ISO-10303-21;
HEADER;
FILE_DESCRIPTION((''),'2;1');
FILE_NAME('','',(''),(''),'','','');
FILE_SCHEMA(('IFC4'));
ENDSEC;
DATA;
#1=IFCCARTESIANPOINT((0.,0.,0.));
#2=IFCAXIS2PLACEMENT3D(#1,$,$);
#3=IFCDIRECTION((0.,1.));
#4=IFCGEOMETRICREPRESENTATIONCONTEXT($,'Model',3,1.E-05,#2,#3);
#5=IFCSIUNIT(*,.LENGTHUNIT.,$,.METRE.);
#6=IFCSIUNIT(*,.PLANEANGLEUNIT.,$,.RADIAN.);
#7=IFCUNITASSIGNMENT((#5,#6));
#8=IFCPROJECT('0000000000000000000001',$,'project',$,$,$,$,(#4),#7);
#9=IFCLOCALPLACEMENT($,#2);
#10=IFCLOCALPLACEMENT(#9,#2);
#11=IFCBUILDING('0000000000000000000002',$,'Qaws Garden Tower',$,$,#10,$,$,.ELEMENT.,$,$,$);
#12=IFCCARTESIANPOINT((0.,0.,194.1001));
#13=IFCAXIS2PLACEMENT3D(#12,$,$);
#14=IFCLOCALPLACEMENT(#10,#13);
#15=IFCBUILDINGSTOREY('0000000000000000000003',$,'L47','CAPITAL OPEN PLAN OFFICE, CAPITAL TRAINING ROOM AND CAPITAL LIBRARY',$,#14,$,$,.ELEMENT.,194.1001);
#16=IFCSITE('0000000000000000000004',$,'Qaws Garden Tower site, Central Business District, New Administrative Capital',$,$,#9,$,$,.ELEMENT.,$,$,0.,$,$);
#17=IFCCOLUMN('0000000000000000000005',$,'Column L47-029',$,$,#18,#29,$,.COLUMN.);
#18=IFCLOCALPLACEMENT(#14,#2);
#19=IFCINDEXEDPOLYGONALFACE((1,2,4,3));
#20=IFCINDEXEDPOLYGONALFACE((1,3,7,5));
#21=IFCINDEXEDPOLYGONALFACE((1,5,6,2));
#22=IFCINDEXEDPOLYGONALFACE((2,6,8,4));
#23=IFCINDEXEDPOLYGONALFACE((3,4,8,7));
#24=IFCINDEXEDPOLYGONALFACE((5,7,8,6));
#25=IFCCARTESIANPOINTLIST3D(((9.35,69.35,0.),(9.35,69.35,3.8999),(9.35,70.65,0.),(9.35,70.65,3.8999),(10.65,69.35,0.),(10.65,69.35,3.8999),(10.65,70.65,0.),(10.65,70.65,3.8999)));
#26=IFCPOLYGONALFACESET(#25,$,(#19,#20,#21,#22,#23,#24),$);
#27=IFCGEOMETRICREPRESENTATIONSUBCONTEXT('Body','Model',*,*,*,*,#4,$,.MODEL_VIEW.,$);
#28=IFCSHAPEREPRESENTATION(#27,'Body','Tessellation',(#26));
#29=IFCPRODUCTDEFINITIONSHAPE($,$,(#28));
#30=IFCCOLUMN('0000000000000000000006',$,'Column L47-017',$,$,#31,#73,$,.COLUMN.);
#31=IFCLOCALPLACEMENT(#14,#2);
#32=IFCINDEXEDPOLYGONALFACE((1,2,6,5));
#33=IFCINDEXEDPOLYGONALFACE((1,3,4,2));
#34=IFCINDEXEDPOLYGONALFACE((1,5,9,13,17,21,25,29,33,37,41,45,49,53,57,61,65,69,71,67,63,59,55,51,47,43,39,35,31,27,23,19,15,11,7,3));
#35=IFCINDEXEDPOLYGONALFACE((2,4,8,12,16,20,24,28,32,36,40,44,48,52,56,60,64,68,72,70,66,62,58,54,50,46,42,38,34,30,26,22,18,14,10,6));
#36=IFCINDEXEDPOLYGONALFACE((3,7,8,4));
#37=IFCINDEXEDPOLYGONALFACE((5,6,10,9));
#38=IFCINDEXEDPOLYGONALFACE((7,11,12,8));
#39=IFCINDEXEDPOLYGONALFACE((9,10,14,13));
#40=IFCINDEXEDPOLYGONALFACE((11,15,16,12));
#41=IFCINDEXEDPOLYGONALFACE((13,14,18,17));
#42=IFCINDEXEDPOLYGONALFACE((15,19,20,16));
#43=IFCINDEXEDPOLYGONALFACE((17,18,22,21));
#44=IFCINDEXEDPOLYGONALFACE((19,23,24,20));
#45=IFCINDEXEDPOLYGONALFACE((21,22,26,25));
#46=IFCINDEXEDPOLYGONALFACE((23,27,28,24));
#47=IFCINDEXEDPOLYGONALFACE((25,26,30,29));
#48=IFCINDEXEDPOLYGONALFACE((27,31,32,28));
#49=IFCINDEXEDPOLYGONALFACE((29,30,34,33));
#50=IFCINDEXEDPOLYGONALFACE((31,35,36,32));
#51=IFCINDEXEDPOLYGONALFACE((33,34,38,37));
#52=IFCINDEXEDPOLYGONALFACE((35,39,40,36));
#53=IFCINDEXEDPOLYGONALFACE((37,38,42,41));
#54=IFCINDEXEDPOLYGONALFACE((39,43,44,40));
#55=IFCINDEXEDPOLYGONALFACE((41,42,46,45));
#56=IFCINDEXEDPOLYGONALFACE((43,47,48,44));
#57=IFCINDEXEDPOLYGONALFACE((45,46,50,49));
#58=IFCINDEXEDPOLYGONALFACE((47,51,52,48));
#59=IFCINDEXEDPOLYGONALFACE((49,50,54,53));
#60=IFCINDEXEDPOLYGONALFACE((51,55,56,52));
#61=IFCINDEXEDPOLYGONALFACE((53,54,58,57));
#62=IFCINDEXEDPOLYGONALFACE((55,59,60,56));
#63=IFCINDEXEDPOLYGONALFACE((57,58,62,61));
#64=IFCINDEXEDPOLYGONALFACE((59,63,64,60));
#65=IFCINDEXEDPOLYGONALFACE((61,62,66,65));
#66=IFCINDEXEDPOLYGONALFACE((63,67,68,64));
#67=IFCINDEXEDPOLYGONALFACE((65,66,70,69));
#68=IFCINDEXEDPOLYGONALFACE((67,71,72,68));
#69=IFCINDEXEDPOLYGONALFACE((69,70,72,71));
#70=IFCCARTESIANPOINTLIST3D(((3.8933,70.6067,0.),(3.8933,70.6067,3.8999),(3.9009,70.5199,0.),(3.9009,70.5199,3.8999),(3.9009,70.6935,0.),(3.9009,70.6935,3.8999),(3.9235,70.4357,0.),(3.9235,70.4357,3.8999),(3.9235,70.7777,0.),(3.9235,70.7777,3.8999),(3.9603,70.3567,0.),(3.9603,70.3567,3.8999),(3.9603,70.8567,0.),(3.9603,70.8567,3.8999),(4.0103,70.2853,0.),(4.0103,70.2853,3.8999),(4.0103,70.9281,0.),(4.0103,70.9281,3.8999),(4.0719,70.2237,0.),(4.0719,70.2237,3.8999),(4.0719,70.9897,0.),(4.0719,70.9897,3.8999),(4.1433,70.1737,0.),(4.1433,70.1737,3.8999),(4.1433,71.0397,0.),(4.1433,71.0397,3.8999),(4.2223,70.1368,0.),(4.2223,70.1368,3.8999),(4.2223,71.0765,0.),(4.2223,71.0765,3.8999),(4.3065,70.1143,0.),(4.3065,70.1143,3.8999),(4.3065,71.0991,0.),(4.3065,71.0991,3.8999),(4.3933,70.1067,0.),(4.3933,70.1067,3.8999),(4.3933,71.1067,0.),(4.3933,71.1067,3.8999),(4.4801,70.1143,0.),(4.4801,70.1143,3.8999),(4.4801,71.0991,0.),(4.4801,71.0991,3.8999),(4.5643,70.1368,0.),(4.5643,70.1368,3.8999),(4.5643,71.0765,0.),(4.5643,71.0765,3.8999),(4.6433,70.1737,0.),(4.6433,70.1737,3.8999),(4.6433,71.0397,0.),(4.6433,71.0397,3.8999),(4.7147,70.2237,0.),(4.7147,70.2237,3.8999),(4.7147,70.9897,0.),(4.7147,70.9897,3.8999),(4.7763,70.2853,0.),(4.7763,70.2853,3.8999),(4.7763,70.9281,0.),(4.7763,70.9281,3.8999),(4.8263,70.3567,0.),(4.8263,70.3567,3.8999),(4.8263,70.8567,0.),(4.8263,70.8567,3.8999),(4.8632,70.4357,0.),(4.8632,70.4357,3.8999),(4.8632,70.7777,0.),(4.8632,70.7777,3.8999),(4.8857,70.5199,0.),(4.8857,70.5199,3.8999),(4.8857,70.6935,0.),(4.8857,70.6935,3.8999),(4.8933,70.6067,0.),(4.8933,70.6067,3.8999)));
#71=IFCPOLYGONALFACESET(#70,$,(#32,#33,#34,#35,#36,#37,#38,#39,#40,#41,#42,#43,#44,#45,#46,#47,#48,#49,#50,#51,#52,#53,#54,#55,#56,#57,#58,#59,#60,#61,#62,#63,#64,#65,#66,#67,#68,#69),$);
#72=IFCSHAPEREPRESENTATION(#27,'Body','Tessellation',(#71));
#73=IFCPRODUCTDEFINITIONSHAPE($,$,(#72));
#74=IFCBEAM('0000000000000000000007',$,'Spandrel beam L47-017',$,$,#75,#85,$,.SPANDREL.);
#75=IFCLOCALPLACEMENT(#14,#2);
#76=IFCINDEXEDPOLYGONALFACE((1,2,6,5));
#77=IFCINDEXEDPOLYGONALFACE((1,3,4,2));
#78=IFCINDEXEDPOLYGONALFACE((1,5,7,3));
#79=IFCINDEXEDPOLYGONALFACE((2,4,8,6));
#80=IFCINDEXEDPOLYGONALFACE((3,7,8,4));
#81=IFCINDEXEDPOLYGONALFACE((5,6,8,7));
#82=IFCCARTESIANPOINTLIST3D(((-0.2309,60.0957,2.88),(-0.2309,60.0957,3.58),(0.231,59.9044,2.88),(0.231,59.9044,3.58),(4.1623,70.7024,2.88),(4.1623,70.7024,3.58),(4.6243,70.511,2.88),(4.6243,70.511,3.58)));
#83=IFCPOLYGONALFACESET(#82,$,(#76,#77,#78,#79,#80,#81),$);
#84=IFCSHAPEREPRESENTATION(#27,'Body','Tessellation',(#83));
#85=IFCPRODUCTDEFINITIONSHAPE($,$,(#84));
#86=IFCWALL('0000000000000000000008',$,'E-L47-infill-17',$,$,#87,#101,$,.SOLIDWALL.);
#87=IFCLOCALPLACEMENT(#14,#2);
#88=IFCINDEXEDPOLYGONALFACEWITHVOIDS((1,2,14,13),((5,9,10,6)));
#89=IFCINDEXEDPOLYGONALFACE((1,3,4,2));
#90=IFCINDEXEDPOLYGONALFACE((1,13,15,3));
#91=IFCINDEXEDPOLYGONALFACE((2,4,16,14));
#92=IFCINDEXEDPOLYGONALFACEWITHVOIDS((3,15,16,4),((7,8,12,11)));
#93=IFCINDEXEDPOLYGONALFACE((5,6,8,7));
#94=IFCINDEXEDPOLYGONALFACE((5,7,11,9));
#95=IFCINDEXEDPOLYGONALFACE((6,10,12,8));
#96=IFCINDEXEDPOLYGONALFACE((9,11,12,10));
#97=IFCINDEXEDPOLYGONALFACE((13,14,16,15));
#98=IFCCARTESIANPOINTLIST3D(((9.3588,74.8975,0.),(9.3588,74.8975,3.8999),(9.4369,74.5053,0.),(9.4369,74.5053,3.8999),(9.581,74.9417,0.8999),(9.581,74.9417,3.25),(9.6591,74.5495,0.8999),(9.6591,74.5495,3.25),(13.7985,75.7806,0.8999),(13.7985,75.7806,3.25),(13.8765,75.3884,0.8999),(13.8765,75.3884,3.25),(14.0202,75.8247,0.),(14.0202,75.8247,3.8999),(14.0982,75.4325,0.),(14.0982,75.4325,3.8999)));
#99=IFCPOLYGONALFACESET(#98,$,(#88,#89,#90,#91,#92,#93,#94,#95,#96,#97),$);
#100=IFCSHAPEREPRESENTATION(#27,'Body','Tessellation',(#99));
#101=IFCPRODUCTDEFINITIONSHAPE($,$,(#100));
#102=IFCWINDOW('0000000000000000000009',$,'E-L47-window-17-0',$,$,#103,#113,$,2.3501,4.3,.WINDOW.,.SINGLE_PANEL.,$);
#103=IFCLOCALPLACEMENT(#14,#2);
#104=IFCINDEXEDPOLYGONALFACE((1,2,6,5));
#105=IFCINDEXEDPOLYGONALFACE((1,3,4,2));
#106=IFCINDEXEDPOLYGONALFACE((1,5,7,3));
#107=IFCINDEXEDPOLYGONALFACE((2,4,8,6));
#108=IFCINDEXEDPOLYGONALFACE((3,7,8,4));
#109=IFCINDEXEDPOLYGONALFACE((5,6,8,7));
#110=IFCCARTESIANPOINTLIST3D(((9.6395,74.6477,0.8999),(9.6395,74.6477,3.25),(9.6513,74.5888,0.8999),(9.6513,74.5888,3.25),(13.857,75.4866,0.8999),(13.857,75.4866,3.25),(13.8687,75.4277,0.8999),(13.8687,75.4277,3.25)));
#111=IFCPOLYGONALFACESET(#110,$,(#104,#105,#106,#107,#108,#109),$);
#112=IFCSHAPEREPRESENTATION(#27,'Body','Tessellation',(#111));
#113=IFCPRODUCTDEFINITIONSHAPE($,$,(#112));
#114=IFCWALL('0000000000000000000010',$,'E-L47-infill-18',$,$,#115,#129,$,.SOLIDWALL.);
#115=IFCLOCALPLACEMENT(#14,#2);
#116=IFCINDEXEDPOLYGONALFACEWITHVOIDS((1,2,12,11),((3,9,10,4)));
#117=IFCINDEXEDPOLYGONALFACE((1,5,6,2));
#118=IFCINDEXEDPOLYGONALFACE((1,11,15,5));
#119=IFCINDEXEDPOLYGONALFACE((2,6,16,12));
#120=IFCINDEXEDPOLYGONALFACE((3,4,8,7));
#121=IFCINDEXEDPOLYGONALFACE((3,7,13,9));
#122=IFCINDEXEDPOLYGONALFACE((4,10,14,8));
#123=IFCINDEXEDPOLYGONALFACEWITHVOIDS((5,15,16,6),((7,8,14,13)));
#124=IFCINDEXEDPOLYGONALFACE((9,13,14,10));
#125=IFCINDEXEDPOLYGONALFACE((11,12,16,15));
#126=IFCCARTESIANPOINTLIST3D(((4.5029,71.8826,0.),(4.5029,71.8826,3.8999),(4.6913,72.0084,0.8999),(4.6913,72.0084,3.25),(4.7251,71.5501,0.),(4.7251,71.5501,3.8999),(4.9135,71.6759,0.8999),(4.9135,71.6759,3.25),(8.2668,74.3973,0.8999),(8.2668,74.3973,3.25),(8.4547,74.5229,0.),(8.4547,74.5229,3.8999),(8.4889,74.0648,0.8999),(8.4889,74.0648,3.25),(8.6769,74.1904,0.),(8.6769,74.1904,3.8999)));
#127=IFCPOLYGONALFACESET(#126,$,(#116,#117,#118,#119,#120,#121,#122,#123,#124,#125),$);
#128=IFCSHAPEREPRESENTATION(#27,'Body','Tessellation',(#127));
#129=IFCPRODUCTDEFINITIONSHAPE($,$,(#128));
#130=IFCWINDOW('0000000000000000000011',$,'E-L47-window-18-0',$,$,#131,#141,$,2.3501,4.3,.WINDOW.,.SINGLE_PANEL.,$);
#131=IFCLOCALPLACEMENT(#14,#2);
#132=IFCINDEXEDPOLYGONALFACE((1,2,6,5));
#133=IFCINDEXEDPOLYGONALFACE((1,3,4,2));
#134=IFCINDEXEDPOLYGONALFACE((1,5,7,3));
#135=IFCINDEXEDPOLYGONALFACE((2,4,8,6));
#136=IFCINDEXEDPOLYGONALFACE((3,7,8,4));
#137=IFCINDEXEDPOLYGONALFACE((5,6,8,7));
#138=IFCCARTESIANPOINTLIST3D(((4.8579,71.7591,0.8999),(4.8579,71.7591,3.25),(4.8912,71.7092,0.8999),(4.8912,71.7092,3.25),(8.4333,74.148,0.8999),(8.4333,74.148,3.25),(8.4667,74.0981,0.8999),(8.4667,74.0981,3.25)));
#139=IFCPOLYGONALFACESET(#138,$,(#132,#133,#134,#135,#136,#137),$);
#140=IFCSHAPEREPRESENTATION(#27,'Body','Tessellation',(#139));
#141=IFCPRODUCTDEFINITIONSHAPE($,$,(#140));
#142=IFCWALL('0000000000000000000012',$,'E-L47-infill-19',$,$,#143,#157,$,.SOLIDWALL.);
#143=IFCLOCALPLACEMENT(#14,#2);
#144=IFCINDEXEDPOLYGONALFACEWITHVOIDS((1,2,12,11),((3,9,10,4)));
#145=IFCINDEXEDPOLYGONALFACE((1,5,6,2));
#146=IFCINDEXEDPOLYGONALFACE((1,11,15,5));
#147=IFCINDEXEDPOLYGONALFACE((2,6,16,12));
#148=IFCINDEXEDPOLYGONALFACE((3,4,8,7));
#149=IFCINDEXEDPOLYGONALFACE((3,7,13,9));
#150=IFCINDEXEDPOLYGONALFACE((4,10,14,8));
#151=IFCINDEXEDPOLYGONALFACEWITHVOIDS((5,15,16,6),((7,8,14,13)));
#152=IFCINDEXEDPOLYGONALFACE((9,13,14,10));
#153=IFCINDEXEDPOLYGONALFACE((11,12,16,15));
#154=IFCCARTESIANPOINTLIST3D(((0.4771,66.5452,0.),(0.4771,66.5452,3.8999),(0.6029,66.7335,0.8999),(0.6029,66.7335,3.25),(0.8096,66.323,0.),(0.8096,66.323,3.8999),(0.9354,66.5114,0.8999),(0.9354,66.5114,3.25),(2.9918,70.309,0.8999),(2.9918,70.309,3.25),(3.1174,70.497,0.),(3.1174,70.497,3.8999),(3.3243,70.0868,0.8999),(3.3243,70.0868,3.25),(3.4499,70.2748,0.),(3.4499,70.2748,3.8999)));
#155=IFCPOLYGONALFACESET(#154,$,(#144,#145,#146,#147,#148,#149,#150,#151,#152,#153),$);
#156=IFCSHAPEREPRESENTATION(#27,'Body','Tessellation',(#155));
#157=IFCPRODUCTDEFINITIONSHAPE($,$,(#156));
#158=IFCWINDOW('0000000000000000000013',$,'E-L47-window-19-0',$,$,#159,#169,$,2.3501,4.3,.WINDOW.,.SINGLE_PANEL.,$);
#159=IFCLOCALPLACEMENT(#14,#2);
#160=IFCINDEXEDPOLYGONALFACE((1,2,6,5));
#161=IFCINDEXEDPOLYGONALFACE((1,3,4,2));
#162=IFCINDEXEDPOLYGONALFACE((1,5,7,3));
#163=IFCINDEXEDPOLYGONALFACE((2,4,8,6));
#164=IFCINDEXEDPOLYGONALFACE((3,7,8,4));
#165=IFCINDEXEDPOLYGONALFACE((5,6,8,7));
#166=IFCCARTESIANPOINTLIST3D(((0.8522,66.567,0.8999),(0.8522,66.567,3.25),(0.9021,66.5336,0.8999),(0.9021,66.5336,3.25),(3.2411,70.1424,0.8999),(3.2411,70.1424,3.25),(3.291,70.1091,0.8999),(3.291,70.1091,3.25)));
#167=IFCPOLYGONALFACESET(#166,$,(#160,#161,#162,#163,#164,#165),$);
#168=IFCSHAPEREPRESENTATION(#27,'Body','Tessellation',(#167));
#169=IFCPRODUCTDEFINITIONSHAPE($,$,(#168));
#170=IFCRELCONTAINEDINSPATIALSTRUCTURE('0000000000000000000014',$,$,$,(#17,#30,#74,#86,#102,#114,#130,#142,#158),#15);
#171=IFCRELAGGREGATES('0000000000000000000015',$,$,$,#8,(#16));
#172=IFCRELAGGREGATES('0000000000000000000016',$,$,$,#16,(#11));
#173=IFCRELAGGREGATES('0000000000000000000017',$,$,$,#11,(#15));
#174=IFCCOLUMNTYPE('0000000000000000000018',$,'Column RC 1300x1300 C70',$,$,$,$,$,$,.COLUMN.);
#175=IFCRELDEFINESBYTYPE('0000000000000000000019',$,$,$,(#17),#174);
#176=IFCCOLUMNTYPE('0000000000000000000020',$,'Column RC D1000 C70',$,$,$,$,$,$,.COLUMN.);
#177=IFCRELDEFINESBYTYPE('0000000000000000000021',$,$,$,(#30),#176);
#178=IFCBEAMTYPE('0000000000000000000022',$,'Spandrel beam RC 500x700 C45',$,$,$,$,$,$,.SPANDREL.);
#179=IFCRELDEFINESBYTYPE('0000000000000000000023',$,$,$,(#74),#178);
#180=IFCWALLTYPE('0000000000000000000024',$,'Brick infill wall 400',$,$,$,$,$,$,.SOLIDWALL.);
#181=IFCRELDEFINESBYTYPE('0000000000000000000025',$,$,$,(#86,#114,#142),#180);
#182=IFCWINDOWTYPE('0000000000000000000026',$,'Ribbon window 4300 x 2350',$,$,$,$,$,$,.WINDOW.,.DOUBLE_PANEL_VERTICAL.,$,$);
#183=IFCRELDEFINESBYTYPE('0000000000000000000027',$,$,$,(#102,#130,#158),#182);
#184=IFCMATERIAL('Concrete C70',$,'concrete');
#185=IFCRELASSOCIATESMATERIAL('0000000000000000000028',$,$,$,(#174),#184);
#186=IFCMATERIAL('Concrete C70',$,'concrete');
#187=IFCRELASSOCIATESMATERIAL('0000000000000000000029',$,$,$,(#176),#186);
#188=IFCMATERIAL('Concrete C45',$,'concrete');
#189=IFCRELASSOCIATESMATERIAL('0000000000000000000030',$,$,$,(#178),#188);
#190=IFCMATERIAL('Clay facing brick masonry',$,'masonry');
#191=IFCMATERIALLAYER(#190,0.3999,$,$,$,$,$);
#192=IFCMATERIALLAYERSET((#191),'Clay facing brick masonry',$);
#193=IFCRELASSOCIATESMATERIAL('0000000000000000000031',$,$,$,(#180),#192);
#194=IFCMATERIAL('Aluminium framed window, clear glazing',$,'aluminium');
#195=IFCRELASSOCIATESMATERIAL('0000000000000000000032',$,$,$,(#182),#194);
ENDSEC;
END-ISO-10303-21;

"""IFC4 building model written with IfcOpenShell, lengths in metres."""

from ifc_helpers import new_model, si_unit, direction, frame, frame_2d, origin, origin_2d, place, context, subcontext, project, spatial, rectangle, circle, extrude, material, layer, layer_set, material_profile, profile_set, type_object, element, fill, save


model = new_model("IFC4")

# Units and contexts
model_context = context("Model", 3, precision=1e-05, world=origin(), true_north=direction((0.0, 1.0)))
body_context = subcontext(model_context, "Body", "Model", "MODEL_VIEW")
ifc_project = project(units=[si_unit("LENGTHUNIT", "METRE"), si_unit("PLANEANGLEUNIT", "RADIAN")], contexts=[model_context])

# Site, building, storey
site_placement = place(None, origin())
site = spatial("IfcSite", under=ifc_project, at=site_placement, Name="Qaws Garden Tower site, Central Business District, New Administrative Capital", CompositionType="ELEMENT", RefElevation=0.0)
building_placement = place(site_placement, origin())
building = spatial("IfcBuilding", under=site, at=building_placement, Name="Qaws Garden Tower", CompositionType="ELEMENT")
storey_placement = place(building_placement, frame((0.0, 0.0, 194.1001)))
storey = spatial("IfcBuildingStorey", under=building, at=storey_placement, Name="L47", Description="CAPITAL OPEN PLAN OFFICE, CAPITAL TRAINING ROOM AND CAPITAL LIBRARY", CompositionType="ELEMENT", Elevation=194.1001)

# Columns
ifc_material_1 = material(Name="Concrete C70", Category="concrete")
ifc_material_profile_1 = material_profile(ifc_material_1, rectangle(XDim=1.3, YDim=1.3, at=origin_2d()), Name="RC 1300x1300")
ifc_profile_set_1 = profile_set([ifc_material_profile_1], Name="Concrete C70")
column_type_1 = type_object("IfcColumnType", Name="Column RC 1300x1300 C70", PredefinedType="COLUMN", material=ifc_profile_set_1)
column_1_placement = place(storey_placement, frame((10.0, 70.0, 0.0), z_axis=(0.0, 0.0, 1.0), x_axis=(1.0, 0.0, 0.0)))
element("IfcColumn", 1, at=column_1_placement, inside=storey, type_object=column_type_1, Name="Column L47-029", PredefinedType="COLUMN", context=body_context, shape_type="SweptSolid", body=[
    extrude(rectangle(XDim=1.3, YDim=1.3, at=origin_2d()), origin(), (0.0, 0.0, 1.0), 3.8999),
])
ifc_material_2 = material(Name="Concrete C70", Category="concrete")
ifc_material_profile_2 = material_profile(ifc_material_2, circle(Radius=0.5, at=origin_2d()), Name="RC D1000")
ifc_profile_set_2 = profile_set([ifc_material_profile_2], Name="Concrete C70")
column_type_2 = type_object("IfcColumnType", Name="Column RC D1000 C70", PredefinedType="COLUMN", material=ifc_profile_set_2)
column_2_placement = place(storey_placement, frame((4.3933, 70.6067, 0.0), z_axis=(0.0, 0.0, 1.0), x_axis=(1.0, 0.0, 0.0)))
element("IfcColumn", 2, at=column_2_placement, inside=storey, type_object=column_type_2, Name="Column L47-017", PredefinedType="COLUMN", context=body_context, shape_type="SweptSolid", body=[
    extrude(circle(Radius=0.5, at=origin_2d()), origin(), (0.0, 0.0, 1.0), 3.8999),
])

# Beam
ifc_material_3 = material(Name="Concrete C45", Category="concrete")
ifc_material_profile_3 = material_profile(ifc_material_3, rectangle(XDim=0.5, YDim=0.7, at=origin_2d()), Name="RC 500x700")
ifc_profile_set_3 = profile_set([ifc_material_profile_3], Name="Concrete C45")
beam_type = type_object("IfcBeamType", Name="Spandrel beam RC 500x700 C45", PredefinedType="SPANDREL", material=ifc_profile_set_3)
beam_placement = place(storey_placement, frame((4.3933, 70.6067, 3.23), z_axis=(-0.382674, -0.923883, 0.0), x_axis=(0.923883, -0.382674, 0.0)))
element("IfcBeam", 3, at=beam_placement, inside=storey, type_object=beam_type, Name="Spandrel beam L47-017", PredefinedType="SPANDREL", context=body_context, shape_type="SweptSolid", body=[
    extrude(rectangle(XDim=0.5, YDim=0.7, at=origin_2d()), origin(), (0.0, 0.0, 1.0), 11.4805),
])

# Walls, openings, windows
ifc_material_4 = material(Name="Clay facing brick masonry", Category="masonry")
ifc_layer_1 = layer(ifc_material_4, 0.3999)
ifc_layer_set_1 = layer_set([ifc_layer_1], Name="Clay facing brick masonry")
wall_type_1 = type_object("IfcWallType", Name="Brick infill wall 400", PredefinedType="SOLIDWALL", material=ifc_layer_set_1)
wall_1_placement = place(storey_placement, frame((14.0593, 75.6287, 0.0), z_axis=(0.0, 0.0, 1.0), x_axis=(-0.980784, -0.195099, 0.0)))
wall_1 = element("IfcWall", 4, at=wall_1_placement, inside=storey, type_object=wall_type_1, Name="E-L47-infill-17", PredefinedType="SOLIDWALL", context=body_context, shape_type="SweptSolid", body=[
    extrude(rectangle(XDim=4.7527, YDim=0.3999, at=frame_2d((2.3765, 0.0))), origin(), (0.0, 0.0, 1.0), 3.8999),
])
opening_1_placement = place(wall_1_placement, frame((0.2263, 0.0, 0.8999)))
opening_1 = element("IfcOpeningElement", 5, at=opening_1_placement, cuts=wall_1, PredefinedType="OPENING", context=body_context, shape_type="SweptSolid", body=[
    extrude(rectangle(XDim=4.3, YDim=2.3501, at=frame_2d((2.1499, 1.175))), frame((0.0, 0.21, 0.0), z_axis=(0.0, -1.0, 0.0), x_axis=(1.0, 0.0, 0.0)), (0.0, 0.0, 1.0), 0.4199),
])
ifc_material_5 = material(Name="Aluminium framed window, clear glazing", Category="aluminium")
window_type = type_object("IfcWindowType", Name="Ribbon window 4300 x 2350", PartitioningType="DOUBLE_PANEL_VERTICAL", PredefinedType="WINDOW", material=ifc_material_5)
window_1_placement = place(opening_1_placement, origin())
window_1 = element("IfcWindow", 6, at=window_1_placement, inside=storey, type_object=window_type, Name="E-L47-window-17-0", OverallHeight=2.3501, OverallWidth=4.3, PartitioningType="SINGLE_PANEL", PredefinedType="WINDOW", context=body_context, shape_type="SweptSolid", body=[
    extrude(rectangle(XDim=4.3, YDim=2.3501, at=frame_2d((2.1499, 1.175))), frame((0.0, 0.1599, 0.0), z_axis=(0.0, -1.0, 0.0), x_axis=(1.0, 0.0, 0.0)), (0.0, 0.0, 1.0), 0.0601),
])
fill(opening_1, window_1)
wall_2_placement = place(storey_placement, frame((8.5659, 74.3567, 0.0), z_axis=(0.0, 0.0, 1.0), x_axis=(-0.831489, -0.555542, 0.0)))
wall_2 = element("IfcWall", 7, at=wall_2_placement, inside=storey, type_object=wall_type_1, Name="E-L47-infill-18", PredefinedType="SOLIDWALL", context=body_context, shape_type="SweptSolid", body=[
    extrude(rectangle(XDim=4.7527, YDim=0.3999, at=frame_2d((2.3765, 0.0))), origin(), (0.0, 0.0, 1.0), 3.8999),
])
opening_2_placement = place(wall_2_placement, frame((0.2263, 0.0, 0.8999)))
opening_2 = element("IfcOpeningElement", 8, at=opening_2_placement, cuts=wall_2, PredefinedType="OPENING", context=body_context, shape_type="SweptSolid", body=[
    extrude(rectangle(XDim=4.3, YDim=2.3501, at=frame_2d((2.1499, 1.175))), frame((0.0, 0.21, 0.0), z_axis=(0.0, -1.0, 0.0), x_axis=(1.0, 0.0, 0.0)), (0.0, 0.0, 1.0), 0.4199),
])
window_2_placement = place(opening_2_placement, origin())
window_2 = element("IfcWindow", 9, at=window_2_placement, inside=storey, type_object=window_type, Name="E-L47-window-18-0", OverallHeight=2.3501, OverallWidth=4.3, PartitioningType="SINGLE_PANEL", PredefinedType="WINDOW", context=body_context, shape_type="SweptSolid", body=[
    extrude(rectangle(XDim=4.3, YDim=2.3501, at=frame_2d((2.1499, 1.175))), frame((0.0, 0.1599, 0.0), z_axis=(0.0, -1.0, 0.0), x_axis=(1.0, 0.0, 0.0)), (0.0, 0.0, 1.0), 0.0601),
])
fill(opening_2, window_2)
wall_3_placement = place(storey_placement, frame((3.2837, 70.386, 0.0), z_axis=(0.0, 0.0, 1.0), x_axis=(-0.555542, -0.831489, 0.0)))
wall_3 = element("IfcWall", 10, at=wall_3_placement, inside=storey, type_object=wall_type_1, Name="E-L47-infill-19", PredefinedType="SOLIDWALL", context=body_context, shape_type="SweptSolid", body=[
    extrude(rectangle(XDim=4.7527, YDim=0.3999, at=frame_2d((2.3765, 0.0))), origin(), (0.0, 0.0, 1.0), 3.8999),
])
opening_3_placement = place(wall_3_placement, frame((0.2263, 0.0, 0.8999)))
opening_3 = element("IfcOpeningElement", 11, at=opening_3_placement, cuts=wall_3, PredefinedType="OPENING", context=body_context, shape_type="SweptSolid", body=[
    extrude(rectangle(XDim=4.3, YDim=2.3501, at=frame_2d((2.1499, 1.175))), frame((0.0, 0.21, 0.0), z_axis=(0.0, -1.0, 0.0), x_axis=(1.0, 0.0, 0.0)), (0.0, 0.0, 1.0), 0.4199),
])
window_3_placement = place(opening_3_placement, origin())
window_3 = element("IfcWindow", 12, at=window_3_placement, inside=storey, type_object=window_type, Name="E-L47-window-19-0", OverallHeight=2.3501, OverallWidth=4.3, PartitioningType="SINGLE_PANEL", PredefinedType="WINDOW", context=body_context, shape_type="SweptSolid", body=[
    extrude(rectangle(XDim=4.3, YDim=2.3501, at=frame_2d((2.1499, 1.175))), frame((0.0, 0.1599, 0.0), z_axis=(0.0, -1.0, 0.0), x_axis=(1.0, 0.0, 0.0)), (0.0, 0.0, 1.0), 0.0601),
])
fill(opening_3, window_3)

save(model, "model.ifc")
